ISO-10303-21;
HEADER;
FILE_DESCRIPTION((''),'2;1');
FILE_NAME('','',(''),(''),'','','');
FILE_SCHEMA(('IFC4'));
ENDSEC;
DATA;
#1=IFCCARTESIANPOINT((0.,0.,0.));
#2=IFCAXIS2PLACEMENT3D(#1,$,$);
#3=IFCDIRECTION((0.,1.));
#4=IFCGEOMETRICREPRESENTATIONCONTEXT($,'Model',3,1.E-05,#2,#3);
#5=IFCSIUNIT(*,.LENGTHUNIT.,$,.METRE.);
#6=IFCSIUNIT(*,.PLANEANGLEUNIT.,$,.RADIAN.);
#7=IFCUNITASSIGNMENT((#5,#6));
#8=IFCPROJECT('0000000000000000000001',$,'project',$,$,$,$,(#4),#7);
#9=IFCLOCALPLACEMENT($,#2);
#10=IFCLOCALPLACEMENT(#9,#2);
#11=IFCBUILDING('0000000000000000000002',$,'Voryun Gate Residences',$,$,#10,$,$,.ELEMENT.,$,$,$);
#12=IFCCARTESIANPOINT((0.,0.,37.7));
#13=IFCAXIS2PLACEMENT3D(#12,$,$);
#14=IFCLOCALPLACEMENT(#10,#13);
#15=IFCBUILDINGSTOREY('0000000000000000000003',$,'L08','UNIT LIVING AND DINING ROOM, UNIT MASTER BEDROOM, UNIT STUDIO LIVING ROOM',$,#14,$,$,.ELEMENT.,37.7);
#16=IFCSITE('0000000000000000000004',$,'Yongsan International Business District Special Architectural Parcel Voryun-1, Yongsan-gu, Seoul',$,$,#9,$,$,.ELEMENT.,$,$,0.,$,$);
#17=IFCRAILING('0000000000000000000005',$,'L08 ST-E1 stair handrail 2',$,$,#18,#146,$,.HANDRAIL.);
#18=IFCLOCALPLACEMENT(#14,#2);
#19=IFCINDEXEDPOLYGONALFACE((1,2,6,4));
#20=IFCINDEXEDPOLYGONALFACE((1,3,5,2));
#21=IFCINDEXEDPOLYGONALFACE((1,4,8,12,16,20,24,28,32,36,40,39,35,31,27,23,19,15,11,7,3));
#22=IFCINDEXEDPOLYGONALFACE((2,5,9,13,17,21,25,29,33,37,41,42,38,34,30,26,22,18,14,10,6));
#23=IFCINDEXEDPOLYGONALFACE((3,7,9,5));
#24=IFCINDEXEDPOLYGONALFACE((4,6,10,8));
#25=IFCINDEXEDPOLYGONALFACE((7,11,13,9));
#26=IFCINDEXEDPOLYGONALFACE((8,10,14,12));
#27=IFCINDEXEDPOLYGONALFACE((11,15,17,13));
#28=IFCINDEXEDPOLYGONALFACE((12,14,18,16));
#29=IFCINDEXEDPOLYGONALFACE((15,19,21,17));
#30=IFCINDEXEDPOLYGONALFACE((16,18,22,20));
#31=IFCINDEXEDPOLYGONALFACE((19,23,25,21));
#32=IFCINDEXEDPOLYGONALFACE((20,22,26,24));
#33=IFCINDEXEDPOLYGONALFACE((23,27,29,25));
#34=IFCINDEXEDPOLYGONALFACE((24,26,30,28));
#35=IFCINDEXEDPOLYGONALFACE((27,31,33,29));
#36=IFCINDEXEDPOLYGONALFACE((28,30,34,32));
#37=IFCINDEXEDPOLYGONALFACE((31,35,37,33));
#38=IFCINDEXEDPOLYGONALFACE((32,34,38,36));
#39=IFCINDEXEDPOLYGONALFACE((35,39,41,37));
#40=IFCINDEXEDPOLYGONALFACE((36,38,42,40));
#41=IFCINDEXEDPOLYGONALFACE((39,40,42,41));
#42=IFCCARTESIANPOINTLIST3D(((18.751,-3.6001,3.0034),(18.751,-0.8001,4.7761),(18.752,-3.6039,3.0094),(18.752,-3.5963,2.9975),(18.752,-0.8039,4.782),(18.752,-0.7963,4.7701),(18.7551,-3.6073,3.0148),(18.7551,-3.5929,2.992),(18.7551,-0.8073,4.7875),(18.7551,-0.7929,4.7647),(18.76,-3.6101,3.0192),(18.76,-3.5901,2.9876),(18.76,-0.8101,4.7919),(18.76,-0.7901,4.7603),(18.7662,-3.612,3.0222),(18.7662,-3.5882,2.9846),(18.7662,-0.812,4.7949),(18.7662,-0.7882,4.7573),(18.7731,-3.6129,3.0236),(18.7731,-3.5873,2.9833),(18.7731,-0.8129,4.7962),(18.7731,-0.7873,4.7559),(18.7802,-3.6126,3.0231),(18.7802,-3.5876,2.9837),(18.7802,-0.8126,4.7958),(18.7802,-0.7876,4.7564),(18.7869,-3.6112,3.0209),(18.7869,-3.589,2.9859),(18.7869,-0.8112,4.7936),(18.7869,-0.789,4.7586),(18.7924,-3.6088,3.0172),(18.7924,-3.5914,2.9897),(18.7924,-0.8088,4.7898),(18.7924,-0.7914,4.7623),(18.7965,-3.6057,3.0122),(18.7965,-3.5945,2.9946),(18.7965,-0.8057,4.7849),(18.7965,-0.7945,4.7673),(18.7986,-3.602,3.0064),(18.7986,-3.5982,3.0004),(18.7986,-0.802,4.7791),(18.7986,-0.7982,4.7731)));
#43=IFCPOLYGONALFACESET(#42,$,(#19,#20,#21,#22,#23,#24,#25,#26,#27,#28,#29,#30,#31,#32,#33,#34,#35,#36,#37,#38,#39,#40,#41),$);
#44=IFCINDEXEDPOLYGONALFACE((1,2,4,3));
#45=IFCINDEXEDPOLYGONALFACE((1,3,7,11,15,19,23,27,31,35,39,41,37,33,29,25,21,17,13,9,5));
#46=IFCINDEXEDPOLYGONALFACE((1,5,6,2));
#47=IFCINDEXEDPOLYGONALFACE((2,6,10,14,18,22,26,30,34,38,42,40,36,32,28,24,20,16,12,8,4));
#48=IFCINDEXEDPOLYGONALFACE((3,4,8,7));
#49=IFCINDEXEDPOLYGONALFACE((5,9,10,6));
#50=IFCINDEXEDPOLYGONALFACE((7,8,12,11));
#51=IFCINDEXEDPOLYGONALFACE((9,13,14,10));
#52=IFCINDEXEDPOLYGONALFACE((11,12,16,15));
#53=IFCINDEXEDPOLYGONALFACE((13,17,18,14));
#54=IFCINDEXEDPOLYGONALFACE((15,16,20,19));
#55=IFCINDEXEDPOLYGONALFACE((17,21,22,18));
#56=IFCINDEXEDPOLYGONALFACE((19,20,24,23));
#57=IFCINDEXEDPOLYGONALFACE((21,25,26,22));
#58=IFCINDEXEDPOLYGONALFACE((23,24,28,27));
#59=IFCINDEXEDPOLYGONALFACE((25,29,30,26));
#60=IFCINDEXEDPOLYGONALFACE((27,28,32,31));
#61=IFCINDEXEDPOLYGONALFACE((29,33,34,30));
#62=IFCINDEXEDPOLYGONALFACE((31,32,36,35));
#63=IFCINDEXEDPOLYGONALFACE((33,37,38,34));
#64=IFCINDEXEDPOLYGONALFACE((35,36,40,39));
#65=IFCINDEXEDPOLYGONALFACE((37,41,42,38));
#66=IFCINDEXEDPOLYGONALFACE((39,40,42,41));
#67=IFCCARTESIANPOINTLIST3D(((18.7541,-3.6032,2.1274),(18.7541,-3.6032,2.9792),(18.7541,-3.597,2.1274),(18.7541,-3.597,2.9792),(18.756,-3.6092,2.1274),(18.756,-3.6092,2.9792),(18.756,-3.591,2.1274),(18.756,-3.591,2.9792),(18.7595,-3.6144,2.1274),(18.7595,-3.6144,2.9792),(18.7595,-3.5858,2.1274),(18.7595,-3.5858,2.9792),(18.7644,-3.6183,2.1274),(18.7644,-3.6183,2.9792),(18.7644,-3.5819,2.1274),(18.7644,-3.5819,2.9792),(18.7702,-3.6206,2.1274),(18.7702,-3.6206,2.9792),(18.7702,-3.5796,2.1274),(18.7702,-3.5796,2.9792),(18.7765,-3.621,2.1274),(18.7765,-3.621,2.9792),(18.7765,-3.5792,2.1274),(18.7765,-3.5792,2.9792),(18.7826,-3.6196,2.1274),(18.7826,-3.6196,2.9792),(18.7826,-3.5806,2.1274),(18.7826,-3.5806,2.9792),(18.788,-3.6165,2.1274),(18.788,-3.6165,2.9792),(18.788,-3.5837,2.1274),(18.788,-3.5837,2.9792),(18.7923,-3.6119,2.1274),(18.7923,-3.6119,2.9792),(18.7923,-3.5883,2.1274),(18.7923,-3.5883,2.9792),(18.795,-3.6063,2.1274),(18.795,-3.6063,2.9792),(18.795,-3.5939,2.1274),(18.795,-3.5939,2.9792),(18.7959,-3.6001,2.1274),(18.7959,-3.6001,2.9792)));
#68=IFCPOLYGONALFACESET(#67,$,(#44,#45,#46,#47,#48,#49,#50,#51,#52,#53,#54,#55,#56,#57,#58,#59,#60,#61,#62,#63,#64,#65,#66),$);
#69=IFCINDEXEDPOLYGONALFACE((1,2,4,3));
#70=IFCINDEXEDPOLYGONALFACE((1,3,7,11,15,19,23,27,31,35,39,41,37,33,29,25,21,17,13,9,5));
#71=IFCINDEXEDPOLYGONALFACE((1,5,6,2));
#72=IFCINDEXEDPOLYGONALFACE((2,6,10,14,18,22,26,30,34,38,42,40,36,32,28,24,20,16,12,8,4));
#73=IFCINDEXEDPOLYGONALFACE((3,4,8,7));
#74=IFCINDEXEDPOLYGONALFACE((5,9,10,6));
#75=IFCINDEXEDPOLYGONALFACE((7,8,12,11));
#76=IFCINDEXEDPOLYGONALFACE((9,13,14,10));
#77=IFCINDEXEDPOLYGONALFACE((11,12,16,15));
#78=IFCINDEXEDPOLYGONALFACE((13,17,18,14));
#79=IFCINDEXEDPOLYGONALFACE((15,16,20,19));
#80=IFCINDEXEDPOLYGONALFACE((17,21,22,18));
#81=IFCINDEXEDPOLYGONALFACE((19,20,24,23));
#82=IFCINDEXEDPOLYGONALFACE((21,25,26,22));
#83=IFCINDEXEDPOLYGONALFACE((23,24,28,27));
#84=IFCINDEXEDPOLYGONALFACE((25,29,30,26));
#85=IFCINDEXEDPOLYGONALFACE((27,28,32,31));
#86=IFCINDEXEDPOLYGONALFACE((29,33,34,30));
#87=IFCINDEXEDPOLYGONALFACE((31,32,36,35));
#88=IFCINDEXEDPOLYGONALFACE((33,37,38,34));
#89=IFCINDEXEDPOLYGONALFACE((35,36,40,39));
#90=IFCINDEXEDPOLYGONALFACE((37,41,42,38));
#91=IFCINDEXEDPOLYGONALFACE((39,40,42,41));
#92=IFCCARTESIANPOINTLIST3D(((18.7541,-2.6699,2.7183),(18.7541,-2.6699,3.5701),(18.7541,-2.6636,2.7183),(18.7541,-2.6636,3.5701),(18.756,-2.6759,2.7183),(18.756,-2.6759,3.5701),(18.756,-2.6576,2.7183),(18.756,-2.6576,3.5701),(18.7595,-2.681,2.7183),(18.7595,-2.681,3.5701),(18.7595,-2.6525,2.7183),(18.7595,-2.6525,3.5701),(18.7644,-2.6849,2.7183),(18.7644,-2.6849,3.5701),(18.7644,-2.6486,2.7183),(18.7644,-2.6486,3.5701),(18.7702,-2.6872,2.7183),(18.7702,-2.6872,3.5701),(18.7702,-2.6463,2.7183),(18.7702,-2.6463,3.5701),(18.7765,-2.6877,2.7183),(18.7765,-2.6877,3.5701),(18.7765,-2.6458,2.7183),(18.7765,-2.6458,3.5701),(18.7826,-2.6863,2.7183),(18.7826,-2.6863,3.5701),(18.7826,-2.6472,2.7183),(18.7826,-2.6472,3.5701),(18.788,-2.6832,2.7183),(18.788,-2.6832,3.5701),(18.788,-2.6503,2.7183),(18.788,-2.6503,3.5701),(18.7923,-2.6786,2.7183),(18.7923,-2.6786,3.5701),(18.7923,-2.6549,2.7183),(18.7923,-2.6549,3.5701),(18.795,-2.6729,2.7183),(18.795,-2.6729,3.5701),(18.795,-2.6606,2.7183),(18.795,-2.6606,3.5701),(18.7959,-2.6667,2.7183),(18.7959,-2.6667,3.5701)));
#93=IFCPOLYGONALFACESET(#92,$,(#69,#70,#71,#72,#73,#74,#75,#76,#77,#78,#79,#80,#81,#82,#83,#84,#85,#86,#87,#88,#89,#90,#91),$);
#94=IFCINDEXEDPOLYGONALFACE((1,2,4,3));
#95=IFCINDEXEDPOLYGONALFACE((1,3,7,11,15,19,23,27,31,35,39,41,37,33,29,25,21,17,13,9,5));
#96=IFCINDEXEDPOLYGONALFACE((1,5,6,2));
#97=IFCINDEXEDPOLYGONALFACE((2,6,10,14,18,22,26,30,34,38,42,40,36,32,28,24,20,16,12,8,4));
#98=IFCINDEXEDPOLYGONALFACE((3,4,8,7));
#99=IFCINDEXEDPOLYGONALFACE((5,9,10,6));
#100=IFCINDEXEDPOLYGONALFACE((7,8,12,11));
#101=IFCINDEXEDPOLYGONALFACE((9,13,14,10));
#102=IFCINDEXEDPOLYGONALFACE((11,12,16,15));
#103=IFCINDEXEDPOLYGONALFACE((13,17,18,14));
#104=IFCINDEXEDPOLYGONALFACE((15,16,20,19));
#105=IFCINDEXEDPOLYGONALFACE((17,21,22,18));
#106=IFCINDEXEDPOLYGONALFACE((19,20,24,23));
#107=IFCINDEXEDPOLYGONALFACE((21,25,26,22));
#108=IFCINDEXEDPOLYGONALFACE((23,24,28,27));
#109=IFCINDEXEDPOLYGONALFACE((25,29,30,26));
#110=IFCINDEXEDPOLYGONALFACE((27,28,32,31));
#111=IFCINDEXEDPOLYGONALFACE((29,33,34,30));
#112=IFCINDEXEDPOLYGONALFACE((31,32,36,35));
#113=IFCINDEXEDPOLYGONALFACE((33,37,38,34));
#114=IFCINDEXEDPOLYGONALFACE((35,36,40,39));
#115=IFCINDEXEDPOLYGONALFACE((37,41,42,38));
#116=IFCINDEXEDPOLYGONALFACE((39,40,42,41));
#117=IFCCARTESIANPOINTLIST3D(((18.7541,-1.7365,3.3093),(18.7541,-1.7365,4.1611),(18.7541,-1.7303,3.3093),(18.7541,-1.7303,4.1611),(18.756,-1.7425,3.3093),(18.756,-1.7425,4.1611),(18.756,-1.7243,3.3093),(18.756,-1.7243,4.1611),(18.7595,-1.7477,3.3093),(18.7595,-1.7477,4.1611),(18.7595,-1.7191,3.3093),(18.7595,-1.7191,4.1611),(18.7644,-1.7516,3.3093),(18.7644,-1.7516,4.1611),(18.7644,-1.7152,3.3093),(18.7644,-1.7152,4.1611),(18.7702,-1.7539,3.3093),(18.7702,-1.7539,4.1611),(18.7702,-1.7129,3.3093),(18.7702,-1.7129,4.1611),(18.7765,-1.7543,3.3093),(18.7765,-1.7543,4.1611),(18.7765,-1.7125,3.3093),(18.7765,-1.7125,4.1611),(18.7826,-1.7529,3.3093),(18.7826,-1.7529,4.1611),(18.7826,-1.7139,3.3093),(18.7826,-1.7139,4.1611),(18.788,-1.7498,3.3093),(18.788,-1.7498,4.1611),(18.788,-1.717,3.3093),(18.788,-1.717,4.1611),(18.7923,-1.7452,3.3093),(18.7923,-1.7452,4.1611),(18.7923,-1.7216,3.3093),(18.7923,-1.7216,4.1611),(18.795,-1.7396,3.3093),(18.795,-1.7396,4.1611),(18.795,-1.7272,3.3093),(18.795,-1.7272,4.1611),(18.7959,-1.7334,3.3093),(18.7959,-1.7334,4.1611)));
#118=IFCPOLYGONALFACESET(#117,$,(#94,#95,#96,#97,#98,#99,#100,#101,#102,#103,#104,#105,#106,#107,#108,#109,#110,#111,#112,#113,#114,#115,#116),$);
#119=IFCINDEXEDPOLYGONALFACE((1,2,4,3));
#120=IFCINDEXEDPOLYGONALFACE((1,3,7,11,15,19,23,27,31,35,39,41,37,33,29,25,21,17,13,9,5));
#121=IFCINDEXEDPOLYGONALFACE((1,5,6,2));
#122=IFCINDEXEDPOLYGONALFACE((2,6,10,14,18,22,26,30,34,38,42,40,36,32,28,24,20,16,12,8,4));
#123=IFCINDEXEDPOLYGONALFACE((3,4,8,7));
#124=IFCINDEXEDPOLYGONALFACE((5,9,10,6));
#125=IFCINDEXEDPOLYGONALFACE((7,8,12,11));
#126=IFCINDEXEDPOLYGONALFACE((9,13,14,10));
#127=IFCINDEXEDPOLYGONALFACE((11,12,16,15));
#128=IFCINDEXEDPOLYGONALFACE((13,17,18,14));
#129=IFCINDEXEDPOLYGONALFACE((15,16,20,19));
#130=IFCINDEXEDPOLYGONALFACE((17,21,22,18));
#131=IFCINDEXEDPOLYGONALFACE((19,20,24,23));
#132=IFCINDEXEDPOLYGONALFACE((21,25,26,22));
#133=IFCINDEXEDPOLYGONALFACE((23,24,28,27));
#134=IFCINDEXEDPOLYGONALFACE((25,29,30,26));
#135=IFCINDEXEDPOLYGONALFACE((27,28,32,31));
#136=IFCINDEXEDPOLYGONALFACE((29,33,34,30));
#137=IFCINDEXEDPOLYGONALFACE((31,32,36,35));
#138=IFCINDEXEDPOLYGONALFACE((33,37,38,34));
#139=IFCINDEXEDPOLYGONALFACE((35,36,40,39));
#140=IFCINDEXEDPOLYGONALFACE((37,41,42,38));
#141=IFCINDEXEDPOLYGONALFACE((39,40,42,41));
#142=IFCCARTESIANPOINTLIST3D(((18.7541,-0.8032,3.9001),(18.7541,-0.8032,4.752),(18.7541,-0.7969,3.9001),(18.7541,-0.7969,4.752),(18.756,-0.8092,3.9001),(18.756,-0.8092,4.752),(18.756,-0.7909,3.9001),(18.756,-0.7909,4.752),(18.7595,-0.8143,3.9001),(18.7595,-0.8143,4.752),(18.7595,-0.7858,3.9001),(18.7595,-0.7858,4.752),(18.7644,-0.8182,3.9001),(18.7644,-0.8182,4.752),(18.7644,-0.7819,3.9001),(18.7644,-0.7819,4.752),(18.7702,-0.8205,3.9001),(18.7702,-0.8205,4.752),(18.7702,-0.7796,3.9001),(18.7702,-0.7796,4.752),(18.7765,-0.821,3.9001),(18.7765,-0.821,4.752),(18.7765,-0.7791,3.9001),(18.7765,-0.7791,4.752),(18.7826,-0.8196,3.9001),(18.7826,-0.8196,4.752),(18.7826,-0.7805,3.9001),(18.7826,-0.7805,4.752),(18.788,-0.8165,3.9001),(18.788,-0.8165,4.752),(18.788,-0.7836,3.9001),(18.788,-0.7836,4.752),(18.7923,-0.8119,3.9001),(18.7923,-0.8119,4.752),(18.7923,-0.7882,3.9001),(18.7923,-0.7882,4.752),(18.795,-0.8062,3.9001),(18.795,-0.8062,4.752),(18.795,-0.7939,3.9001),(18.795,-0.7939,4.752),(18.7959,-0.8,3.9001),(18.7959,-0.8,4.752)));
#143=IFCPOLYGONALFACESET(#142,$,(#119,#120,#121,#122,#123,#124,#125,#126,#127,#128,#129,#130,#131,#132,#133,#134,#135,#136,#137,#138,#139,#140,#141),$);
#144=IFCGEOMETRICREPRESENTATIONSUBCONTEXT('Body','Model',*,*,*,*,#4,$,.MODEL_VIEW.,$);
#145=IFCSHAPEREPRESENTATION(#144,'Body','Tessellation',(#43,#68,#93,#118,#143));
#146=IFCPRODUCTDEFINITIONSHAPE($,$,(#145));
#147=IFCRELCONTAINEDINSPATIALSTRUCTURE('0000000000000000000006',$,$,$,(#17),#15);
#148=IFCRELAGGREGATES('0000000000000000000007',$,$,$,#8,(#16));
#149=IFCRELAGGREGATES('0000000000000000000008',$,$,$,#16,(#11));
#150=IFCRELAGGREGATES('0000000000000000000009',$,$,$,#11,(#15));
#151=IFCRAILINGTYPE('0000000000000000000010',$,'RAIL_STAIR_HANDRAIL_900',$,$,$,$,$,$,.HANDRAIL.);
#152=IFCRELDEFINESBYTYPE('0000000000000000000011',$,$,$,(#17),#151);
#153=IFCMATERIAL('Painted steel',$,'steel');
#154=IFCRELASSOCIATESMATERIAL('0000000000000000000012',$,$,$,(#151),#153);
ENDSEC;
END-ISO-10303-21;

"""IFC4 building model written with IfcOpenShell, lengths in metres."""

from ifc_helpers import new_model, si_unit, direction, frame, origin, origin_2d, place, context, subcontext, project, spatial, circle, extrude, material, type_object, element, save


model = new_model("IFC4")

# Units and contexts
model_context = context("Model", 3, precision=1e-05, world=origin(), true_north=direction((0.0, 1.0)))
body_context = subcontext(model_context, "Body", "Model", "MODEL_VIEW")
ifc_project = project(units=[si_unit("LENGTHUNIT", "METRE"), si_unit("PLANEANGLEUNIT", "RADIAN")], contexts=[model_context])

# Site, building, storey
site_placement = place(None, origin())
site = spatial("IfcSite", under=ifc_project, at=site_placement, Name="Yongsan International Business District Special Architectural Parcel Voryun-1, Yongsan-gu, Seoul", CompositionType="ELEMENT", RefElevation=0.0)
building_placement = place(site_placement, origin())
building = spatial("IfcBuilding", under=site, at=building_placement, Name="Voryun Gate Residences", CompositionType="ELEMENT")
storey_placement = place(building_placement, frame((0.0, 0.0, 37.7)))
storey = spatial("IfcBuildingStorey", under=building, at=storey_placement, Name="L08", Description="UNIT LIVING AND DINING ROOM, UNIT MASTER BEDROOM, UNIT STUDIO LIVING ROOM", CompositionType="ELEMENT", Elevation=37.7)

# Railing
ifc_material_1 = material(Name="Painted steel", Category="steel")
railing_type_1 = type_object("IfcRailingType", Name="RAIL_STAIR_HANDRAIL_900", PredefinedType="HANDRAIL", material=ifc_material_1)
railing_1_placement = place(storey_placement, frame((18.7749, -3.6001, 2.1274)))
element("IfcRailing", 1, at=railing_1_placement, inside=storey, type_object=railing_type_1, Name="L08 ST-E1 stair handrail 2", PredefinedType="HANDRAIL", context=body_context, shape_type="SweptSolid", body=[
    extrude(circle(Radius=0.0239, at=origin_2d()), frame((0.0, 0.0, 0.876), z_axis=(0.0, 0.844909, 0.53491), x_axis=(-1.0, 0.0, 0.0)), (0.0, 0.0, 1.0), 3.314),
    extrude(circle(Radius=0.021, at=origin_2d()), origin(), (0.0, 0.0, 1.0), 0.8518),
    extrude(circle(Radius=0.021, at=origin_2d()), frame((0.0, 0.9333, 0.5908)), (0.0, 0.0, 1.0), 0.8518),
    extrude(circle(Radius=0.021, at=origin_2d()), frame((0.0, 1.8667, 1.1819)), (0.0, 0.0, 1.0), 0.8518),
    extrude(circle(Radius=0.021, at=origin_2d()), frame((0.0, 2.8, 1.7727)), (0.0, 0.0, 1.0), 0.8518),
])

save(model, "model.ifc")
